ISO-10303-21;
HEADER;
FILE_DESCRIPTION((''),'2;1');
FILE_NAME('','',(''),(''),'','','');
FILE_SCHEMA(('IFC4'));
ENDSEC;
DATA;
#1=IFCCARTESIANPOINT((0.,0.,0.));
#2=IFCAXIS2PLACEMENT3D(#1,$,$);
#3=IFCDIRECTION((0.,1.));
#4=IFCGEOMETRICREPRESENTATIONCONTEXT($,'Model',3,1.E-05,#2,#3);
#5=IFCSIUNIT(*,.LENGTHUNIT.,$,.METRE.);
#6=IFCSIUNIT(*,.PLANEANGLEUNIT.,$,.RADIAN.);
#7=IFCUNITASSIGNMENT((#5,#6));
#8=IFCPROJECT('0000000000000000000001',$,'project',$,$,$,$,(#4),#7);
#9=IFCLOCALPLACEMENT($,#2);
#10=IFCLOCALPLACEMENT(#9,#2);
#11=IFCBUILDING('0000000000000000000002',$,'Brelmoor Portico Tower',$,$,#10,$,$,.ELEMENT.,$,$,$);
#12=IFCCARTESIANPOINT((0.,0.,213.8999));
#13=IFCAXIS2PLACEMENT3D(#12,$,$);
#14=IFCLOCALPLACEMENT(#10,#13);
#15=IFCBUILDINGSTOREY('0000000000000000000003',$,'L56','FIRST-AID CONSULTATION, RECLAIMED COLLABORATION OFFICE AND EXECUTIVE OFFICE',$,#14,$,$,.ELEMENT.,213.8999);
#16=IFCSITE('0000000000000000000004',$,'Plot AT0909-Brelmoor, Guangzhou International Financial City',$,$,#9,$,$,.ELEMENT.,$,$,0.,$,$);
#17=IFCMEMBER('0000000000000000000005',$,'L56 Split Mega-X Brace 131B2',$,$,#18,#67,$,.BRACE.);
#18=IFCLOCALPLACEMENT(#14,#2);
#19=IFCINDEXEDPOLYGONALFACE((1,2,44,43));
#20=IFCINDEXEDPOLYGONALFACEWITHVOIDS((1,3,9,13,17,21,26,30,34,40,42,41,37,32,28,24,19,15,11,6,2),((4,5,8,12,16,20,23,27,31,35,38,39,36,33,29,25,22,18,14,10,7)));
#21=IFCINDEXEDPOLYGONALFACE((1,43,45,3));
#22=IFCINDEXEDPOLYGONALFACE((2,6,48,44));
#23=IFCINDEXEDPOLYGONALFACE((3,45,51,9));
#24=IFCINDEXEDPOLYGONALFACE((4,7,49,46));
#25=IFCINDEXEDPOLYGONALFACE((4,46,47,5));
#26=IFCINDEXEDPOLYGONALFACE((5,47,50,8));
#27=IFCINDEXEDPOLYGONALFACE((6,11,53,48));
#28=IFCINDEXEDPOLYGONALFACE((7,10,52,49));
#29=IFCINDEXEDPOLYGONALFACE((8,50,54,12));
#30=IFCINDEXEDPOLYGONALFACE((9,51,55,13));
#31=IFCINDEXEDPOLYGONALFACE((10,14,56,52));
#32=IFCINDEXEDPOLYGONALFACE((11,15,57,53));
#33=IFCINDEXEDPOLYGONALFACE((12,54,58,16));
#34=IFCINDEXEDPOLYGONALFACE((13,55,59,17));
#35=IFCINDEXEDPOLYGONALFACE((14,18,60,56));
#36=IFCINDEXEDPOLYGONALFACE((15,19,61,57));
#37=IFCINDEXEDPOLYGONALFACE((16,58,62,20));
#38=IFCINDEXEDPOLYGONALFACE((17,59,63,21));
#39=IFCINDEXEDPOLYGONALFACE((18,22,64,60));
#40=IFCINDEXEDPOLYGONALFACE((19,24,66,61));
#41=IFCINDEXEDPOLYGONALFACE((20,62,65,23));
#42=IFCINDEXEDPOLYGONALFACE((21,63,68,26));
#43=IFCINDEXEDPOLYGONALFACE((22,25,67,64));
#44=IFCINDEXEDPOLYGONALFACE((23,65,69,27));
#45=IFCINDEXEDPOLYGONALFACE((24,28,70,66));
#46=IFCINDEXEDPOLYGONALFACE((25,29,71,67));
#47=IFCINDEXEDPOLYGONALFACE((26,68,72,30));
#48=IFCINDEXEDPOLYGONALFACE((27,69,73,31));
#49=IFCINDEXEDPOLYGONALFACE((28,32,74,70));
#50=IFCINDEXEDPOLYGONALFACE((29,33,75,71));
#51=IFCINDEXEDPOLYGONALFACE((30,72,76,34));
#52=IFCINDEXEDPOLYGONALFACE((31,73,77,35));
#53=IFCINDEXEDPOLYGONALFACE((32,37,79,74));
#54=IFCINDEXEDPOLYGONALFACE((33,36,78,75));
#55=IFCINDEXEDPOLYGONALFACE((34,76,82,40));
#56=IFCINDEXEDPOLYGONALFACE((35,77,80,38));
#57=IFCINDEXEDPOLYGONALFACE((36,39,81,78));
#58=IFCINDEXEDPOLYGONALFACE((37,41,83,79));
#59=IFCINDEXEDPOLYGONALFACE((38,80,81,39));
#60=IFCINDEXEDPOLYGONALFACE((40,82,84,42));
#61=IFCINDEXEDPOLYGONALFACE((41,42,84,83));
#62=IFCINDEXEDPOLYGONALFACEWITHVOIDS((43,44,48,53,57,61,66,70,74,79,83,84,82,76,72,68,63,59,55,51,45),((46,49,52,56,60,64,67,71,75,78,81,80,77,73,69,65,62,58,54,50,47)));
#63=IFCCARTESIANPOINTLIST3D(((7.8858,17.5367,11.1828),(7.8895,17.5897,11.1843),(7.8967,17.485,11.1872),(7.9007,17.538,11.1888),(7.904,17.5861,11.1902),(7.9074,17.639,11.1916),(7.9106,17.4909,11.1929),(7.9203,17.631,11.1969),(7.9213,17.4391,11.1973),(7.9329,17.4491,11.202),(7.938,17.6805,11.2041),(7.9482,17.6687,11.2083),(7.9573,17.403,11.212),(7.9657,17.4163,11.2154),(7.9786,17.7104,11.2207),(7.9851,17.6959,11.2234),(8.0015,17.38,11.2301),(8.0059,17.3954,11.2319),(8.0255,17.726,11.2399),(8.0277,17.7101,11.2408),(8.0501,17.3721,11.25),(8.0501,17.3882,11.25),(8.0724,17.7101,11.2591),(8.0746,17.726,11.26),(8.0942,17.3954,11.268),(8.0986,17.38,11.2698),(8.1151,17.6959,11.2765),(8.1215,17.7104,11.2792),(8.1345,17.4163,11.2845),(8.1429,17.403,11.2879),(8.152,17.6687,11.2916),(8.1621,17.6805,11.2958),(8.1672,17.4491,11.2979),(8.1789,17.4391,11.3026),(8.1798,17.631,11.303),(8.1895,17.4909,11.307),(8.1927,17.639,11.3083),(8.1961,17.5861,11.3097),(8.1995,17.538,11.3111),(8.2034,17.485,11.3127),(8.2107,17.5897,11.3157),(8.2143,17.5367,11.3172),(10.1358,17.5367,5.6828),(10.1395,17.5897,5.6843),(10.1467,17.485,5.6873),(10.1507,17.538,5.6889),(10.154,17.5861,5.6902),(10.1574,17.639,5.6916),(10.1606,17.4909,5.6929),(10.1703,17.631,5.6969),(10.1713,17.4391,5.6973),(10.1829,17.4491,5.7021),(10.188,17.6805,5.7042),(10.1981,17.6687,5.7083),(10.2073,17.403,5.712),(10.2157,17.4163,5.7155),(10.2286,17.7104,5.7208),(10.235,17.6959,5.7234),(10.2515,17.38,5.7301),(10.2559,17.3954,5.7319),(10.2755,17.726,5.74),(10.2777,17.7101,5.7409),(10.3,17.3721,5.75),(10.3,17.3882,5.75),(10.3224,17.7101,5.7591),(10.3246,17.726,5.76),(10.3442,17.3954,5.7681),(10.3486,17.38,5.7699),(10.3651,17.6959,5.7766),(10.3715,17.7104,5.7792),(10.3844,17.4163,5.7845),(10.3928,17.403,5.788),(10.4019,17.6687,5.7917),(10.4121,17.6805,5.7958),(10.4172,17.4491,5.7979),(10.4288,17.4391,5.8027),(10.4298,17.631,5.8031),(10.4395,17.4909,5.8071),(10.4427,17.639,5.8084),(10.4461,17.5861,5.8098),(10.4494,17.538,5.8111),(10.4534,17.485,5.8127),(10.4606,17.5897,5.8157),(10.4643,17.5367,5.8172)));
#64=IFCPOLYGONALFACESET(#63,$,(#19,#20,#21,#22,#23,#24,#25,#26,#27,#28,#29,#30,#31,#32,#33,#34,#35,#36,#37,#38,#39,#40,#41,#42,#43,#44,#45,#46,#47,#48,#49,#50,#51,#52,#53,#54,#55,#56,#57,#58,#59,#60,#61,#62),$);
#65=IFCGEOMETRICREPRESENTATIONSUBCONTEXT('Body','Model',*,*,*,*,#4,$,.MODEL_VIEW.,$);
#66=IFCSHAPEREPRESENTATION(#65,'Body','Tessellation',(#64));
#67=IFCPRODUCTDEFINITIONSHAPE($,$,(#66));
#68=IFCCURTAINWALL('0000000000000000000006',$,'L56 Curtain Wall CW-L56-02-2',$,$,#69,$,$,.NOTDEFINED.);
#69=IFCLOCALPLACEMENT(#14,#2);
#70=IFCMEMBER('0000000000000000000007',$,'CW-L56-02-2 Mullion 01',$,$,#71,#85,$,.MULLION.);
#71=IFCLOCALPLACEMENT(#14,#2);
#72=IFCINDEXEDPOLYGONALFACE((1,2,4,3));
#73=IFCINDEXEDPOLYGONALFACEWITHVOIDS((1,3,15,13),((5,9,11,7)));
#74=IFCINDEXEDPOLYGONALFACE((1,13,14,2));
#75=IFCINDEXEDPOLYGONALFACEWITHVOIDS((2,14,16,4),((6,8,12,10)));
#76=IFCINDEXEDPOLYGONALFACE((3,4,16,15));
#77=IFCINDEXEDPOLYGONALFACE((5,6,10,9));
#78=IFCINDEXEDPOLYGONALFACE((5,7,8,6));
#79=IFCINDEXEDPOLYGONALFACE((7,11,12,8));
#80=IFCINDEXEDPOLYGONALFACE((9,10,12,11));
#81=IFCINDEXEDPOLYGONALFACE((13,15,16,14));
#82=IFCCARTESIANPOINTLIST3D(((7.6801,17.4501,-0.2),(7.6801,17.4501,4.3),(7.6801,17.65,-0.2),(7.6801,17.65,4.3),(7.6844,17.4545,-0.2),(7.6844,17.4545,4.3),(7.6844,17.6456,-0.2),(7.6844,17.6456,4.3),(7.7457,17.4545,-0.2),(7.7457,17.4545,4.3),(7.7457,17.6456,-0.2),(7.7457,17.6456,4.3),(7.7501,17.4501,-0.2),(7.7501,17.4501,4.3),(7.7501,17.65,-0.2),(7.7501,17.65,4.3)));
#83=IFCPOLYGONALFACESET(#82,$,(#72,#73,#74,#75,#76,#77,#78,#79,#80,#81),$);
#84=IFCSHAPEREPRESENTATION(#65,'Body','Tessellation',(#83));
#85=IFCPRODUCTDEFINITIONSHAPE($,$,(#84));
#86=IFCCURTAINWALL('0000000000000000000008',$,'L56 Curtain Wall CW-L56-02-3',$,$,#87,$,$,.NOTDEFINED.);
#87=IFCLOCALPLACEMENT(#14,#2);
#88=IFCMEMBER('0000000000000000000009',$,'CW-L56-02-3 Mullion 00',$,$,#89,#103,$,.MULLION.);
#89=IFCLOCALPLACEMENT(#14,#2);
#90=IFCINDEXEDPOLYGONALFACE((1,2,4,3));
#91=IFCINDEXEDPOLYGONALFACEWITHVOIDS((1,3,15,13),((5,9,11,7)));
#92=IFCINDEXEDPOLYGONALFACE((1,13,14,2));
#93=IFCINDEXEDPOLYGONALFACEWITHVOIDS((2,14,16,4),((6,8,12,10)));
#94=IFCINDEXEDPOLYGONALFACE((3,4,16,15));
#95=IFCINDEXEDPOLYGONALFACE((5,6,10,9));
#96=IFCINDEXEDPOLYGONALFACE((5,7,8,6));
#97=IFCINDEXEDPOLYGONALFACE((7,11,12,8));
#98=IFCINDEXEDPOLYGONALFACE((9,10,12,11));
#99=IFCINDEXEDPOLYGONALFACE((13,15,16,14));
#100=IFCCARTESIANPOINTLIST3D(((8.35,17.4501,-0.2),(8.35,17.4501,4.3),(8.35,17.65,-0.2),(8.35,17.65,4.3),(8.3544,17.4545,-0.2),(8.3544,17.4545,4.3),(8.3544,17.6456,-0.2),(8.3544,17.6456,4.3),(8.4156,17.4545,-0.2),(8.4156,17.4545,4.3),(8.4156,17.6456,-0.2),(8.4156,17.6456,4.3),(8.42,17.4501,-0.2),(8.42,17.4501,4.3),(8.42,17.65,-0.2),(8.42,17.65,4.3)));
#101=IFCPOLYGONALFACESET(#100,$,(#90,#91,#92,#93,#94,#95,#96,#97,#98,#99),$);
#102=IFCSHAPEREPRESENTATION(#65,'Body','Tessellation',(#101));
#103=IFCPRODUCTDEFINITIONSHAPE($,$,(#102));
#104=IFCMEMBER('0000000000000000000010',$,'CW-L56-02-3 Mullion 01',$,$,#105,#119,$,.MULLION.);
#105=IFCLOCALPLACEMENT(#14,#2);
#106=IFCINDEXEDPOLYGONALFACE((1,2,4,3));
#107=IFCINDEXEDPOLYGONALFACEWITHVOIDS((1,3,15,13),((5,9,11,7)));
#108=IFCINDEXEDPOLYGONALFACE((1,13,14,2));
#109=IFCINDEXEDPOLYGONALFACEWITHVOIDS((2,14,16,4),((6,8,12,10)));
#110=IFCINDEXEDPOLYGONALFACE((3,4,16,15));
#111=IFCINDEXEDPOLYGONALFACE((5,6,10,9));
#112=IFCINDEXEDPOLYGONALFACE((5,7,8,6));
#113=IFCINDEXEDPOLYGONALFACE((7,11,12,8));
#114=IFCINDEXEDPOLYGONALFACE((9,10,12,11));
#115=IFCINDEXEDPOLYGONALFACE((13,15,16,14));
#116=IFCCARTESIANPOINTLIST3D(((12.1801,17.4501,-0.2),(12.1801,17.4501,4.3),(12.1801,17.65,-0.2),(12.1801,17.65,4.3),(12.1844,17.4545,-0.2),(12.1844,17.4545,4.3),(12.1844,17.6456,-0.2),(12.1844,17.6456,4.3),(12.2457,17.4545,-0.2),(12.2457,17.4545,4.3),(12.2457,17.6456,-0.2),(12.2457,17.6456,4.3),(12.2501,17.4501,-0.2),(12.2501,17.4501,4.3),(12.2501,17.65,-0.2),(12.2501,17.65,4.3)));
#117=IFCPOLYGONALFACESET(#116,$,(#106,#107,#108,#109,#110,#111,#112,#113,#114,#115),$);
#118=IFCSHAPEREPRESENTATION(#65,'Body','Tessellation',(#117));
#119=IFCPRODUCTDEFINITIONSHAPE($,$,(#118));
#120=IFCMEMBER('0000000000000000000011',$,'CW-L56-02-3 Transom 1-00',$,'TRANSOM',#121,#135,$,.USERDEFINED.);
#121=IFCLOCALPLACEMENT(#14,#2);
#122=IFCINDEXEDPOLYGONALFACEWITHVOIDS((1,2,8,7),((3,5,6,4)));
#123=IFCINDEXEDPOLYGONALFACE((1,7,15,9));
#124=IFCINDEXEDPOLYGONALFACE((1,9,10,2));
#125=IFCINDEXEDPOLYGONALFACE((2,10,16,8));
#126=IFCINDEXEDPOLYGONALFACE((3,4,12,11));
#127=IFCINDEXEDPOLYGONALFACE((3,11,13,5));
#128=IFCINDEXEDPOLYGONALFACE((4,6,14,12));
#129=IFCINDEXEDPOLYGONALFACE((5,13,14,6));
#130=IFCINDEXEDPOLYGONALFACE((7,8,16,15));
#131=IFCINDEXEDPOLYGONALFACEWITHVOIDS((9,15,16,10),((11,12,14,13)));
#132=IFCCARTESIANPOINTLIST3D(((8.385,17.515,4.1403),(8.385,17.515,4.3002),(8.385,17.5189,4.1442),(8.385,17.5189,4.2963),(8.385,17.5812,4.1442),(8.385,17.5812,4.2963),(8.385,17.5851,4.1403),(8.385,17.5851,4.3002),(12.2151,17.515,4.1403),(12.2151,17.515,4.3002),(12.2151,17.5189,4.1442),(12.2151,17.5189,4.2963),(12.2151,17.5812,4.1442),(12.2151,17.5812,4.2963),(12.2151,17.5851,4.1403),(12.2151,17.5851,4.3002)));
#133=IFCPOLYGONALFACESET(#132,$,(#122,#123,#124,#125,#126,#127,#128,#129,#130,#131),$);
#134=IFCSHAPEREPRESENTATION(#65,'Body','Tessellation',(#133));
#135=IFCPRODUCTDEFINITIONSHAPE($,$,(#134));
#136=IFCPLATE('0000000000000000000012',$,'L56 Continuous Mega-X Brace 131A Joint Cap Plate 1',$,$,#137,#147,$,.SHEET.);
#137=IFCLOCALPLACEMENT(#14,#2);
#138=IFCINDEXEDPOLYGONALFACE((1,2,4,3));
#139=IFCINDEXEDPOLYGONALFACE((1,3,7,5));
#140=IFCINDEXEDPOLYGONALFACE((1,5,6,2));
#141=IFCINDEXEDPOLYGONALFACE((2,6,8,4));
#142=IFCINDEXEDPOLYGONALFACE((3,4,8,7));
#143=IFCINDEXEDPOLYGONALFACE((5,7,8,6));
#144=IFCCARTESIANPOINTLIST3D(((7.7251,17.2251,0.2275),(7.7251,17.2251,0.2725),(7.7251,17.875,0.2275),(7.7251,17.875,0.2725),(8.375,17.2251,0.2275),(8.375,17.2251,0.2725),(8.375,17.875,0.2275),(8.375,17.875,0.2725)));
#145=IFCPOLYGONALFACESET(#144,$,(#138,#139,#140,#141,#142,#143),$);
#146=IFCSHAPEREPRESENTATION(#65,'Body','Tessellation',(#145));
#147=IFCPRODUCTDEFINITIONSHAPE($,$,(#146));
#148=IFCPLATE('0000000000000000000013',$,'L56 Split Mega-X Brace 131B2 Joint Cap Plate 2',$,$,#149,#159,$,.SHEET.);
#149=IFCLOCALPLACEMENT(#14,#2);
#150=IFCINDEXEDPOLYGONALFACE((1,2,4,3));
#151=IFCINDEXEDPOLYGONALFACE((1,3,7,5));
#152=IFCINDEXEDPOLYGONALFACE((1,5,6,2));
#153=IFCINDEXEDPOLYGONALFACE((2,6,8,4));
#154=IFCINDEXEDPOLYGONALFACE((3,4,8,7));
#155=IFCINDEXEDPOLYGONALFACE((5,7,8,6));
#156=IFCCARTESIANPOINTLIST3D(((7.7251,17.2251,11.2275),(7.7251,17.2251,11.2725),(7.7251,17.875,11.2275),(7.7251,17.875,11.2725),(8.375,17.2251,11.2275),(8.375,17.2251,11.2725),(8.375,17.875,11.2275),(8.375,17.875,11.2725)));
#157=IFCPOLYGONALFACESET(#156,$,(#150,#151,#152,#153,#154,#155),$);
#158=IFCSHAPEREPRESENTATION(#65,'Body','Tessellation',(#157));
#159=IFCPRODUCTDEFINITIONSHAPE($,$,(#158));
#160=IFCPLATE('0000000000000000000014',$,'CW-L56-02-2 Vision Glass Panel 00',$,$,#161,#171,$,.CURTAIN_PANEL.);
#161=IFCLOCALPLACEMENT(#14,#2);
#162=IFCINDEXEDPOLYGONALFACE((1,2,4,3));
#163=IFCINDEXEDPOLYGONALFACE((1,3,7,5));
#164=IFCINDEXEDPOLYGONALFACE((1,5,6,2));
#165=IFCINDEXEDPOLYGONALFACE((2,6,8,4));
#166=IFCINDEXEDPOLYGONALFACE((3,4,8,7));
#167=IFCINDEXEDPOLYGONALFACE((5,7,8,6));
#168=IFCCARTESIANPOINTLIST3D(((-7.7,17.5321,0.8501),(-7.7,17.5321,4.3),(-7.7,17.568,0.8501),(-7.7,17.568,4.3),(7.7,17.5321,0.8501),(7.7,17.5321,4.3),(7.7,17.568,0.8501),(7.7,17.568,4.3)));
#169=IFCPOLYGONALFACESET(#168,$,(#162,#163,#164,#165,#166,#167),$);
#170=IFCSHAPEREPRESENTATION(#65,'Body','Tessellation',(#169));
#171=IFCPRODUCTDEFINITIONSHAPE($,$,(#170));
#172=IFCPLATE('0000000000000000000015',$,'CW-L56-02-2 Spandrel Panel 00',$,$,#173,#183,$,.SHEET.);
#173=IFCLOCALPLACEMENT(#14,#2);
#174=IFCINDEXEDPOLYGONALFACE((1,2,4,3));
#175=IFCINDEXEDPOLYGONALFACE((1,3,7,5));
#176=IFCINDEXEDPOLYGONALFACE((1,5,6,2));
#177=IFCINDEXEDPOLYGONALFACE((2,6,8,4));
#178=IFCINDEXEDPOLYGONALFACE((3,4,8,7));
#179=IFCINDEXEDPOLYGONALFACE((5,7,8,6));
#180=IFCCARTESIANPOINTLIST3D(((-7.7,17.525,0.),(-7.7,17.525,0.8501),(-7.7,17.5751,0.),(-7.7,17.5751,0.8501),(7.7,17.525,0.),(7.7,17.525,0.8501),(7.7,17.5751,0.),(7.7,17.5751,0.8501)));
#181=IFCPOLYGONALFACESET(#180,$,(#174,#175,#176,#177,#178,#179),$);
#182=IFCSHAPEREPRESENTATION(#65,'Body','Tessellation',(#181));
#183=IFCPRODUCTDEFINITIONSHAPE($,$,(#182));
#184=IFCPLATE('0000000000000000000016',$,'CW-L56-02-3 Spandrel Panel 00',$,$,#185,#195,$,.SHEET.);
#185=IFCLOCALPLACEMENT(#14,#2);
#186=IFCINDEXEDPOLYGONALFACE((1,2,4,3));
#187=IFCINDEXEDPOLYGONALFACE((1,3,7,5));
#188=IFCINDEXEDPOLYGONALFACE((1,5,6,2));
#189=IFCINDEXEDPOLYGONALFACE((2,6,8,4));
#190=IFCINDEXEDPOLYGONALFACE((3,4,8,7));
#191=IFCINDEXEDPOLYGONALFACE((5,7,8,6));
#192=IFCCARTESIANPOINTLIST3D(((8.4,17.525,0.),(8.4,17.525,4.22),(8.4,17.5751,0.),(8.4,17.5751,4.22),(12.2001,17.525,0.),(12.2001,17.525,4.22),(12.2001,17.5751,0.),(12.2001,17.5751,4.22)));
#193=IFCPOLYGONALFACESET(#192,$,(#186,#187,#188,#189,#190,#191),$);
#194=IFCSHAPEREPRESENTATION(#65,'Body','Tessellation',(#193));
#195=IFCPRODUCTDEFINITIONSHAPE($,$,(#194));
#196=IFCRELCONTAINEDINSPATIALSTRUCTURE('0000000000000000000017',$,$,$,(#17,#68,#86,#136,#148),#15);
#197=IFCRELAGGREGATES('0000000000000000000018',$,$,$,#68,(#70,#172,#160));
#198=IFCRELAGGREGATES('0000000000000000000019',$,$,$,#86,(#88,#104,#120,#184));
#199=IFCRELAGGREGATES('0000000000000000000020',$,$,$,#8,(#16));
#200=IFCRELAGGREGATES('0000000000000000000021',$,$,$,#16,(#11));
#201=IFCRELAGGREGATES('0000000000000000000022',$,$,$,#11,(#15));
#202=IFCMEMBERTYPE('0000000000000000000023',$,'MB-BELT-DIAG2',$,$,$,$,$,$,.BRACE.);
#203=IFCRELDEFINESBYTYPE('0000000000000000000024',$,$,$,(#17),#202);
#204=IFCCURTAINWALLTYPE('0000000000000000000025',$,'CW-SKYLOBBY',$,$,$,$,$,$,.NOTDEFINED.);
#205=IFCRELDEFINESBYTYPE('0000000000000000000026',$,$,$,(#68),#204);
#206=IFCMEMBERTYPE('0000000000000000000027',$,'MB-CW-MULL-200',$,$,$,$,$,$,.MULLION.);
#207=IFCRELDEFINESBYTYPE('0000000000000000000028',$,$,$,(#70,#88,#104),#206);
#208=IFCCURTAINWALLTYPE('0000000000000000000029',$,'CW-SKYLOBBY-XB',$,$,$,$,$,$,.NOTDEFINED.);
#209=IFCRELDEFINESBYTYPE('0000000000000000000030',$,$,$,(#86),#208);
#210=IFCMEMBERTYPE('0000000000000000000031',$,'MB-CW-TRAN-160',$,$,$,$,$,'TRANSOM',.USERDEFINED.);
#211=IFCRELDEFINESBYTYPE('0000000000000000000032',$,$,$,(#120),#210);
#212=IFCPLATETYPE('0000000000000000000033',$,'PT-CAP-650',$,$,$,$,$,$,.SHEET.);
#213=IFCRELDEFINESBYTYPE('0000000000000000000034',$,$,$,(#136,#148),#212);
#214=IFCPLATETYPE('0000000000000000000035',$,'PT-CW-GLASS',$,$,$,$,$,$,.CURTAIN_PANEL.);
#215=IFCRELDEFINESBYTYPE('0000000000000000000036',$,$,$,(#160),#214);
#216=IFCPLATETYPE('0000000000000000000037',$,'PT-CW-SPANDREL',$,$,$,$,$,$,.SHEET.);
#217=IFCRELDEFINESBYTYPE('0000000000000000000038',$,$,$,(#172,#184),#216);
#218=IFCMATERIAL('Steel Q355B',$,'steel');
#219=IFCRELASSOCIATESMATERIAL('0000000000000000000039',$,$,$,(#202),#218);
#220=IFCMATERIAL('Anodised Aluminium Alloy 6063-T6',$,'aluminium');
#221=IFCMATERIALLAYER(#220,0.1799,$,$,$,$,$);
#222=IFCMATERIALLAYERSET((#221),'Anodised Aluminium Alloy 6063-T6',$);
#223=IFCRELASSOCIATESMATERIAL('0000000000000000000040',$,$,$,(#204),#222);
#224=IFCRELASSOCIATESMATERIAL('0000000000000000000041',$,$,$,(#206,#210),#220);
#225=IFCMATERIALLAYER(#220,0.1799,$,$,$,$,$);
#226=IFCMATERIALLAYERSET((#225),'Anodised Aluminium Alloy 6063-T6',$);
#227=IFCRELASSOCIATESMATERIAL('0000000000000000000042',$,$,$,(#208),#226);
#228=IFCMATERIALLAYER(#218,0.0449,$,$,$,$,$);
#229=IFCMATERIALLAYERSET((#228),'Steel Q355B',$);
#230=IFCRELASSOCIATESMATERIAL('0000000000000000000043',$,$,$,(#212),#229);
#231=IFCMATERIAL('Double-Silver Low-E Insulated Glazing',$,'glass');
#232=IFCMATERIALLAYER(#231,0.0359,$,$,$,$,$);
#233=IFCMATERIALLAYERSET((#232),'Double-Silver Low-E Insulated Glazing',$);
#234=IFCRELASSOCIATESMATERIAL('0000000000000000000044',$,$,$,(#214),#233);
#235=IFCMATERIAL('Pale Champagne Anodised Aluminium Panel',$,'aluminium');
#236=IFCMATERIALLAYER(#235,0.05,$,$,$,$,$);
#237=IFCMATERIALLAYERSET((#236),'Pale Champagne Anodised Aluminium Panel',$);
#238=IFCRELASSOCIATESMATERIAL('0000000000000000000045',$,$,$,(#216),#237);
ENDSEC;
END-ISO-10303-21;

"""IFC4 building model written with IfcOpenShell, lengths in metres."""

from ifc_helpers import new_model, si_unit, direction, frame, origin, origin_2d, place, context, subcontext, project, spatial, rectangle, hollow_rectangle, hollow_circle, extrude, material, layer, layer_set, material_profile, profile_set, type_object, element, aggregate, save


model = new_model("IFC4")

# Units and contexts
model_context = context("Model", 3, precision=1e-05, world=origin(), true_north=direction((0.0, 1.0)))
body_context = subcontext(model_context, "Body", "Model", "MODEL_VIEW")
ifc_project = project(units=[si_unit("LENGTHUNIT", "METRE"), si_unit("PLANEANGLEUNIT", "RADIAN")], contexts=[model_context])

# Site, building, storey
site_placement = place(None, origin())
site = spatial("IfcSite", under=ifc_project, at=site_placement, Name="Plot AT0909-Brelmoor, Guangzhou International Financial City", CompositionType="ELEMENT", RefElevation=0.0)
building_placement = place(site_placement, origin())
building = spatial("IfcBuilding", under=site, at=building_placement, Name="Brelmoor Portico Tower", CompositionType="ELEMENT")
storey_placement = place(building_placement, frame((0.0, 0.0, 213.8999)))
storey = spatial("IfcBuildingStorey", under=building, at=storey_placement, Name="L56", Description="FIRST-AID CONSULTATION, RECLAIMED COLLABORATION OFFICE AND EXECUTIVE OFFICE", CompositionType="ELEMENT", Elevation=213.8999)

# Shared definitions
ifc_material_1 = material(Name="Steel Q355B", Category="steel")

# Member
ifc_material_profile_1 = material_profile(ifc_material_1, hollow_circle(Radius=0.178, WallThickness=0.0161, at=origin_2d()), Name="CHS 356x16")
ifc_profile_set_1 = profile_set([ifc_material_profile_1], Name="Steel Q355B")
member_type_1 = type_object("IfcMemberType", Name="MB-BELT-DIAG2", PredefinedType="BRACE", material=ifc_profile_set_1)
member_1_placement = place(storey_placement, frame((10.3, 17.55, 5.75), z_axis=(-0.378633, 0.0, 0.925547), x_axis=(0.0, -1.0, 0.0)))
element("IfcMember", 1, at=member_1_placement, inside=storey, type_object=member_type_1, Name="L56 Split Mega-X Brace 131B2", PredefinedType="BRACE", context=body_context, shape_type="SweptSolid", body=[
    extrude(hollow_circle(Radius=0.178, WallThickness=0.0161, at=origin_2d()), origin(), (0.0, 0.0, 1.0), 5.9424),
])

# Curtain wall, member
ifc_material_2 = material(Name="Anodised Aluminium Alloy 6063-T6", Category="aluminium")
ifc_layer_1 = layer(ifc_material_2, 0.1799)
ifc_layer_set_1 = layer_set([ifc_layer_1], Name="Anodised Aluminium Alloy 6063-T6")
curtain_wall_type_1 = type_object("IfcCurtainWallType", Name="CW-SKYLOBBY", PredefinedType="NOTDEFINED", material=ifc_layer_set_1)
curtain_wall_1_placement = place(storey_placement, origin())
curtain_wall_1 = element("IfcCurtainWall", 2, at=curtain_wall_1_placement, inside=storey, type_object=curtain_wall_type_1, Name="L56 Curtain Wall CW-L56-02-2", PredefinedType="NOTDEFINED")
ifc_material_profile_2 = material_profile(ifc_material_2, hollow_rectangle(XDim=0.0701, YDim=0.2, WallThickness=0.0044, at=origin_2d()), Name="ALU MULLION 70x200")
ifc_profile_set_2 = profile_set([ifc_material_profile_2], Name="Anodised Aluminium Alloy 6063-T6")
member_type_2 = type_object("IfcMemberType", Name="MB-CW-MULL-200", PredefinedType="MULLION", material=ifc_profile_set_2)
member_2_placement = place(storey_placement, frame((7.7151, 17.55, -0.2), z_axis=(0.0, 0.0, 1.0), x_axis=(1.0, 0.0, 0.0)))
member_2 = element("IfcMember", 3, at=member_2_placement, type_object=member_type_2, Name="CW-L56-02-2 Mullion 01", PredefinedType="MULLION", context=body_context, shape_type="SweptSolid", body=[
    extrude(hollow_rectangle(XDim=0.0701, YDim=0.2, WallThickness=0.0044, at=origin_2d()), origin(), (0.0, 0.0, 1.0), 4.5),
])

# Curtain wall, members
ifc_layer_2 = layer(ifc_material_2, 0.1799)
ifc_layer_set_2 = layer_set([ifc_layer_2], Name="Anodised Aluminium Alloy 6063-T6")
curtain_wall_type_2 = type_object("IfcCurtainWallType", Name="CW-SKYLOBBY-XB", PredefinedType="NOTDEFINED", material=ifc_layer_set_2)
curtain_wall_2_placement = place(storey_placement, origin())
curtain_wall_2 = element("IfcCurtainWall", 4, at=curtain_wall_2_placement, inside=storey, type_object=curtain_wall_type_2, Name="L56 Curtain Wall CW-L56-02-3", PredefinedType="NOTDEFINED")
member_3_placement = place(storey_placement, frame((8.385, 17.55, -0.2), z_axis=(0.0, 0.0, 1.0), x_axis=(1.0, 0.0, 0.0)))
member_3 = element("IfcMember", 5, at=member_3_placement, type_object=member_type_2, Name="CW-L56-02-3 Mullion 00", PredefinedType="MULLION", context=body_context, shape_type="SweptSolid", body=[
    extrude(hollow_rectangle(XDim=0.0701, YDim=0.2, WallThickness=0.0044, at=origin_2d()), origin(), (0.0, 0.0, 1.0), 4.5),
])
member_4_placement = place(storey_placement, frame((12.2151, 17.55, -0.2), z_axis=(0.0, 0.0, 1.0), x_axis=(1.0, 0.0, 0.0)))
member_4 = element("IfcMember", 6, at=member_4_placement, type_object=member_type_2, Name="CW-L56-02-3 Mullion 01", PredefinedType="MULLION", context=body_context, shape_type="SweptSolid", body=[
    extrude(hollow_rectangle(XDim=0.0701, YDim=0.2, WallThickness=0.0044, at=origin_2d()), origin(), (0.0, 0.0, 1.0), 4.5),
])
ifc_material_profile_3 = material_profile(ifc_material_2, hollow_rectangle(XDim=0.0701, YDim=0.1599, WallThickness=0.0039, at=origin_2d()), Name="ALU TRANSOM 70x160")
ifc_profile_set_3 = profile_set([ifc_material_profile_3], Name="Anodised Aluminium Alloy 6063-T6")
member_type_3 = type_object("IfcMemberType", Name="MB-CW-TRAN-160", ElementType="TRANSOM", PredefinedType="USERDEFINED", material=ifc_profile_set_3)
member_5_placement = place(storey_placement, frame((8.385, 17.55, 4.2202), z_axis=(1.0, 0.0, 0.0), x_axis=(0.0, 1.0, 0.0)))
member_5 = element("IfcMember", 7, at=member_5_placement, type_object=member_type_3, Name="CW-L56-02-3 Transom 1-00", ObjectType="TRANSOM", PredefinedType="USERDEFINED", context=body_context, shape_type="SweptSolid", body=[
    extrude(hollow_rectangle(XDim=0.0701, YDim=0.1599, WallThickness=0.0039, at=origin_2d()), origin(), (0.0, 0.0, 1.0), 3.8301),
])

# Plates
ifc_layer_3 = layer(ifc_material_1, 0.0449)
ifc_layer_set_3 = layer_set([ifc_layer_3], Name="Steel Q355B")
plate_type_1 = type_object("IfcPlateType", Name="PT-CAP-650", PredefinedType="SHEET", material=ifc_layer_set_3)
for number, where, z_axis, x_axis, name in (
    (8, (8.05, 17.55, 0.2275), (0.0, 0.0, 1.0), (1.0, 0.0, 0.0), "L56 Continuous Mega-X Brace 131A Joint Cap Plate 1"),
    (9, (8.05, 17.55, 11.2275), (0.0, 0.0, 1.0), (1.0, 0.0, 0.0), "L56 Split Mega-X Brace 131B2 Joint Cap Plate 2"),
):
    element("IfcPlate", number, at=place(storey_placement, frame(where, z_axis=z_axis, x_axis=x_axis)), inside=storey, type_object=plate_type_1, Name=name, PredefinedType="SHEET", context=body_context, shape_type="SweptSolid", body=[
        extrude(rectangle(XDim=0.6499, YDim=0.6499, at=origin_2d()), origin(), (0.0, 0.0, 1.0), 0.0449),
    ])

# Plates
ifc_material_3 = material(Name="Double-Silver Low-E Insulated Glazing", Category="glass")
ifc_layer_4 = layer(ifc_material_3, 0.0359)
ifc_layer_set_4 = layer_set([ifc_layer_4], Name="Double-Silver Low-E Insulated Glazing")
plate_type_2 = type_object("IfcPlateType", Name="PT-CW-GLASS", PredefinedType="CURTAIN_PANEL", material=ifc_layer_set_4)
plate_1_placement = place(storey_placement, frame((0.0, 17.55, 0.8501), z_axis=(0.0, 0.0, 1.0), x_axis=(1.0, 0.0, 0.0)))
plate_1 = element("IfcPlate", 10, at=plate_1_placement, type_object=plate_type_2, Name="CW-L56-02-2 Vision Glass Panel 00", PredefinedType="CURTAIN_PANEL", context=body_context, shape_type="SweptSolid", body=[
    extrude(rectangle(XDim=15.3999, YDim=0.0359, at=origin_2d()), origin(), (0.0, 0.0, 1.0), 3.45),
])
ifc_material_4 = material(Name="Pale Champagne Anodised Aluminium Panel", Category="aluminium")
ifc_layer_5 = layer(ifc_material_4, 0.05)
ifc_layer_set_5 = layer_set([ifc_layer_5], Name="Pale Champagne Anodised Aluminium Panel")
plate_type_3 = type_object("IfcPlateType", Name="PT-CW-SPANDREL", PredefinedType="SHEET", material=ifc_layer_set_5)
plate_2_placement = place(storey_placement, frame((0.0, 17.55, 0.0), z_axis=(0.0, 0.0, 1.0), x_axis=(1.0, 0.0, 0.0)))
plate_2 = element("IfcPlate", 11, at=plate_2_placement, type_object=plate_type_3, Name="CW-L56-02-2 Spandrel Panel 00", PredefinedType="SHEET", context=body_context, shape_type="SweptSolid", body=[
    extrude(rectangle(XDim=15.3999, YDim=0.05, at=origin_2d()), origin(), (0.0, 0.0, 1.0), 0.8501),
])
aggregate(curtain_wall_1, [member_2, plate_2, plate_1])
plate_3_placement = place(storey_placement, frame((10.3, 17.55, 0.0), z_axis=(0.0, 0.0, 1.0), x_axis=(1.0, 0.0, 0.0)))
plate_3 = element("IfcPlate", 12, at=plate_3_placement, type_object=plate_type_3, Name="CW-L56-02-3 Spandrel Panel 00", PredefinedType="SHEET", context=body_context, shape_type="SweptSolid", body=[
    extrude(rectangle(XDim=3.8, YDim=0.05, at=origin_2d()), origin(), (0.0, 0.0, 1.0), 4.22),
])
aggregate(curtain_wall_2, [member_3, member_4, member_5, plate_3])

save(model, "model.ifc")
